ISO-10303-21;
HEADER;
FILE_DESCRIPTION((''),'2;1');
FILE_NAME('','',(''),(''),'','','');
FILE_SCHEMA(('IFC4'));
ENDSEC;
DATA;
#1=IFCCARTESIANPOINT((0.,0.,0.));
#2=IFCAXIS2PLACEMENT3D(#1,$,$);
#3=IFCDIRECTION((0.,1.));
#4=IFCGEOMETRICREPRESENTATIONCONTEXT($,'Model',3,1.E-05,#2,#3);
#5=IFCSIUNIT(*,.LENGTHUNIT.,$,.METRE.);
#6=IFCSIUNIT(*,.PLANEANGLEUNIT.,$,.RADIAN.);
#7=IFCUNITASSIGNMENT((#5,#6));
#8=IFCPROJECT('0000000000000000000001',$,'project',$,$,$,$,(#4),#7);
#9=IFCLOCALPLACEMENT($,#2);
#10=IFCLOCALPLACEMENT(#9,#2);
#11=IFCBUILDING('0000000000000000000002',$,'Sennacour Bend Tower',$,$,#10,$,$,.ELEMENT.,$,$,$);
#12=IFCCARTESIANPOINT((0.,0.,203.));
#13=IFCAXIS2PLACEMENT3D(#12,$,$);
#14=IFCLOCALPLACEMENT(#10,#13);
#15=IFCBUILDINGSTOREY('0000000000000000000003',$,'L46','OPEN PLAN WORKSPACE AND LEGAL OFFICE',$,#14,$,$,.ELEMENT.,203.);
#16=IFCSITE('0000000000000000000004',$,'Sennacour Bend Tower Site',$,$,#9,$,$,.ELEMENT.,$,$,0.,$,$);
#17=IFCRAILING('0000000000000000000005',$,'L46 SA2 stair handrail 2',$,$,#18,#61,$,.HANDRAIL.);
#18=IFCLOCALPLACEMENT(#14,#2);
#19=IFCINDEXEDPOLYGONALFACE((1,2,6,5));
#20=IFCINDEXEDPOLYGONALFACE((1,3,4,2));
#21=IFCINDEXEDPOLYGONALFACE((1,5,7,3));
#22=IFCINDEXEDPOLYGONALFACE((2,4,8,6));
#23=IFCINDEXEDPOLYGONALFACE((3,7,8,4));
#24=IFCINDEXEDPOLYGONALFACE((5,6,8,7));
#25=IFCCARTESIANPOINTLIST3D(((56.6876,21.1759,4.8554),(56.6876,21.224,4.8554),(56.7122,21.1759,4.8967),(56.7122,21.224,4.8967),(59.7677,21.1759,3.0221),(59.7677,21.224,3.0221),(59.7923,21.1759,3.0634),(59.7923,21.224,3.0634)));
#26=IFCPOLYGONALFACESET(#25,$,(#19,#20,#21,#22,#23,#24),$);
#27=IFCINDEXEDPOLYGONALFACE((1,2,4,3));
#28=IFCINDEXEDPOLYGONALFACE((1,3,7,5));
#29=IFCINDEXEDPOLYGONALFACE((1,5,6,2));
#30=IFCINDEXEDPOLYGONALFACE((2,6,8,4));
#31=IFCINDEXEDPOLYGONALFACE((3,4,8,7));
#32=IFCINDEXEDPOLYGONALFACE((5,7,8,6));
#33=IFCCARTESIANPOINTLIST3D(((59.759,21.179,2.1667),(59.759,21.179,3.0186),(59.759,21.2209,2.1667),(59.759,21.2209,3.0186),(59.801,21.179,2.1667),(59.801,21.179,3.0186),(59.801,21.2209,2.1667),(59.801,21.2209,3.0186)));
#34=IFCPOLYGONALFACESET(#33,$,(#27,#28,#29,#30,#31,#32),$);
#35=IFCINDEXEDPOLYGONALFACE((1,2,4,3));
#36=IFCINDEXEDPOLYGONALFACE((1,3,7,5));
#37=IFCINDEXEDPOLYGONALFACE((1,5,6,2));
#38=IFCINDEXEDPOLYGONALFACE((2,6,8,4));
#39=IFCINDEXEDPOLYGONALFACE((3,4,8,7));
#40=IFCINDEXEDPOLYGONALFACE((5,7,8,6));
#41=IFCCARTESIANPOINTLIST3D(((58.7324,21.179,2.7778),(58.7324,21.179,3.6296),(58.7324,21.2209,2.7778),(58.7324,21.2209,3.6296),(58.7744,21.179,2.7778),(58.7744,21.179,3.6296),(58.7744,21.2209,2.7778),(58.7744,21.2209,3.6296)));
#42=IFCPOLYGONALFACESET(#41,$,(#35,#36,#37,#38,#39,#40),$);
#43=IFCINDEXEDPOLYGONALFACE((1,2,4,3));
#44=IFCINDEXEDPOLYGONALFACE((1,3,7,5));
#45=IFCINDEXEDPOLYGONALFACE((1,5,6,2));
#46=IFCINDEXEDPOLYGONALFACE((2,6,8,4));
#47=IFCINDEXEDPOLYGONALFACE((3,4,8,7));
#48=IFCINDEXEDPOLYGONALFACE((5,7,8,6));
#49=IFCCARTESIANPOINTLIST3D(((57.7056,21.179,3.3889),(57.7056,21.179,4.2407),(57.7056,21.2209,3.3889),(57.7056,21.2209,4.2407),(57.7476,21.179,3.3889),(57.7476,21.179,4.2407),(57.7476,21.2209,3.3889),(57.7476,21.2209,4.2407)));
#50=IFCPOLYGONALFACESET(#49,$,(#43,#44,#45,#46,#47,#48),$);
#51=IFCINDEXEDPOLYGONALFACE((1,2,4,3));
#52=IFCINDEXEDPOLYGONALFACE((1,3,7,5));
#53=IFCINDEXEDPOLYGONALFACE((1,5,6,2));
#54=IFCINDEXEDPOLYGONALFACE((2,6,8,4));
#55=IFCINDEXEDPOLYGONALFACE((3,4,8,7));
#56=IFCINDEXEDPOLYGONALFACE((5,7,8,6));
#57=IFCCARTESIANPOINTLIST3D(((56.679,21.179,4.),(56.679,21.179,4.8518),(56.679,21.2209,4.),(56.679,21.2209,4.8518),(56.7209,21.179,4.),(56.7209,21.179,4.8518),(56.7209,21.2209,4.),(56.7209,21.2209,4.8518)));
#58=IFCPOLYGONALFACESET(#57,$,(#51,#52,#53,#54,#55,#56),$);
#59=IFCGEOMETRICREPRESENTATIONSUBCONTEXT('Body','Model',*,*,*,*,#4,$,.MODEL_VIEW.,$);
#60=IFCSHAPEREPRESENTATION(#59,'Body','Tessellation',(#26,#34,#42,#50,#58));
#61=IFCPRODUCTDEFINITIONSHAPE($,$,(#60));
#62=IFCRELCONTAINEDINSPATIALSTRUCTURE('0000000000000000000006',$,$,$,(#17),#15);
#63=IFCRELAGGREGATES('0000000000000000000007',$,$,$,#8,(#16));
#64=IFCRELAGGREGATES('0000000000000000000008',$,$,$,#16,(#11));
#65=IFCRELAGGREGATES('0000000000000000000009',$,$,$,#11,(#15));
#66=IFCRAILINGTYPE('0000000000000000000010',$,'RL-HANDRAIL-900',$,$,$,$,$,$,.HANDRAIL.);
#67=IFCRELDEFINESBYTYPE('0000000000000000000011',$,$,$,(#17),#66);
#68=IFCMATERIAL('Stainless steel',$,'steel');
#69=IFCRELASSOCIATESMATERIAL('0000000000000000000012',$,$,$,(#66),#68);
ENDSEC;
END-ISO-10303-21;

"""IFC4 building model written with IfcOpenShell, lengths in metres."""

from ifc_helpers import new_model, si_unit, direction, frame, origin, origin_2d, place, context, subcontext, project, spatial, rectangle, extrude, material, type_object, element, save


model = new_model("IFC4")

# Units and contexts
model_context = context("Model", 3, precision=1e-05, world=origin(), true_north=direction((0.0, 1.0)))
body_context = subcontext(model_context, "Body", "Model", "MODEL_VIEW")
ifc_project = project(units=[si_unit("LENGTHUNIT", "METRE"), si_unit("PLANEANGLEUNIT", "RADIAN")], contexts=[model_context])

# Site, building, storey
site_placement = place(None, origin())
site = spatial("IfcSite", under=ifc_project, at=site_placement, Name="Sennacour Bend Tower Site", CompositionType="ELEMENT", RefElevation=0.0)
building_placement = place(site_placement, origin())
building = spatial("IfcBuilding", under=site, at=building_placement, Name="Sennacour Bend Tower", CompositionType="ELEMENT")
storey_placement = place(building_placement, frame((0.0, 0.0, 203.0)))
storey = spatial("IfcBuildingStorey", under=building, at=storey_placement, Name="L46", Description="OPEN PLAN WORKSPACE AND LEGAL OFFICE", CompositionType="ELEMENT", Elevation=203.0)

# Shared definitions
ifc_material_1 = material(Name="Stainless steel", Category="steel")

# Railing
railing_type_1 = type_object("IfcRailingType", Name="RL-HANDRAIL-900", PredefinedType="HANDRAIL", material=ifc_material_1)
railing_1_placement = place(storey_placement, frame((59.78, 21.2, 2.1667)))
element("IfcRailing", 1, at=railing_1_placement, inside=storey, type_object=railing_type_1, Name="L46 SA2 stair handrail 2", PredefinedType="HANDRAIL", context=body_context, shape_type="SweptSolid", body=[
    extrude(rectangle(XDim=0.0481, YDim=0.0481, at=origin_2d()), frame((0.0, 0.0, 0.876), z_axis=(-0.859309, 0.0, 0.511458), x_axis=(0.0, -1.0, 0.0)), (0.0, 0.0, 1.0), 3.5845),
    extrude(rectangle(XDim=0.042, YDim=0.042, at=origin_2d()), origin(), (0.0, 0.0, 1.0), 0.8518),
    extrude(rectangle(XDim=0.042, YDim=0.042, at=origin_2d()), frame((-1.0266, 0.0, 0.6111)), (0.0, 0.0, 1.0), 0.8518),
    extrude(rectangle(XDim=0.042, YDim=0.042, at=origin_2d()), frame((-2.0535, 0.0, 1.2222)), (0.0, 0.0, 1.0), 0.8518),
    extrude(rectangle(XDim=0.042, YDim=0.042, at=origin_2d()), frame((-3.0801, 0.0, 1.8333)), (0.0, 0.0, 1.0), 0.8518),
])

save(model, "model.ifc")
